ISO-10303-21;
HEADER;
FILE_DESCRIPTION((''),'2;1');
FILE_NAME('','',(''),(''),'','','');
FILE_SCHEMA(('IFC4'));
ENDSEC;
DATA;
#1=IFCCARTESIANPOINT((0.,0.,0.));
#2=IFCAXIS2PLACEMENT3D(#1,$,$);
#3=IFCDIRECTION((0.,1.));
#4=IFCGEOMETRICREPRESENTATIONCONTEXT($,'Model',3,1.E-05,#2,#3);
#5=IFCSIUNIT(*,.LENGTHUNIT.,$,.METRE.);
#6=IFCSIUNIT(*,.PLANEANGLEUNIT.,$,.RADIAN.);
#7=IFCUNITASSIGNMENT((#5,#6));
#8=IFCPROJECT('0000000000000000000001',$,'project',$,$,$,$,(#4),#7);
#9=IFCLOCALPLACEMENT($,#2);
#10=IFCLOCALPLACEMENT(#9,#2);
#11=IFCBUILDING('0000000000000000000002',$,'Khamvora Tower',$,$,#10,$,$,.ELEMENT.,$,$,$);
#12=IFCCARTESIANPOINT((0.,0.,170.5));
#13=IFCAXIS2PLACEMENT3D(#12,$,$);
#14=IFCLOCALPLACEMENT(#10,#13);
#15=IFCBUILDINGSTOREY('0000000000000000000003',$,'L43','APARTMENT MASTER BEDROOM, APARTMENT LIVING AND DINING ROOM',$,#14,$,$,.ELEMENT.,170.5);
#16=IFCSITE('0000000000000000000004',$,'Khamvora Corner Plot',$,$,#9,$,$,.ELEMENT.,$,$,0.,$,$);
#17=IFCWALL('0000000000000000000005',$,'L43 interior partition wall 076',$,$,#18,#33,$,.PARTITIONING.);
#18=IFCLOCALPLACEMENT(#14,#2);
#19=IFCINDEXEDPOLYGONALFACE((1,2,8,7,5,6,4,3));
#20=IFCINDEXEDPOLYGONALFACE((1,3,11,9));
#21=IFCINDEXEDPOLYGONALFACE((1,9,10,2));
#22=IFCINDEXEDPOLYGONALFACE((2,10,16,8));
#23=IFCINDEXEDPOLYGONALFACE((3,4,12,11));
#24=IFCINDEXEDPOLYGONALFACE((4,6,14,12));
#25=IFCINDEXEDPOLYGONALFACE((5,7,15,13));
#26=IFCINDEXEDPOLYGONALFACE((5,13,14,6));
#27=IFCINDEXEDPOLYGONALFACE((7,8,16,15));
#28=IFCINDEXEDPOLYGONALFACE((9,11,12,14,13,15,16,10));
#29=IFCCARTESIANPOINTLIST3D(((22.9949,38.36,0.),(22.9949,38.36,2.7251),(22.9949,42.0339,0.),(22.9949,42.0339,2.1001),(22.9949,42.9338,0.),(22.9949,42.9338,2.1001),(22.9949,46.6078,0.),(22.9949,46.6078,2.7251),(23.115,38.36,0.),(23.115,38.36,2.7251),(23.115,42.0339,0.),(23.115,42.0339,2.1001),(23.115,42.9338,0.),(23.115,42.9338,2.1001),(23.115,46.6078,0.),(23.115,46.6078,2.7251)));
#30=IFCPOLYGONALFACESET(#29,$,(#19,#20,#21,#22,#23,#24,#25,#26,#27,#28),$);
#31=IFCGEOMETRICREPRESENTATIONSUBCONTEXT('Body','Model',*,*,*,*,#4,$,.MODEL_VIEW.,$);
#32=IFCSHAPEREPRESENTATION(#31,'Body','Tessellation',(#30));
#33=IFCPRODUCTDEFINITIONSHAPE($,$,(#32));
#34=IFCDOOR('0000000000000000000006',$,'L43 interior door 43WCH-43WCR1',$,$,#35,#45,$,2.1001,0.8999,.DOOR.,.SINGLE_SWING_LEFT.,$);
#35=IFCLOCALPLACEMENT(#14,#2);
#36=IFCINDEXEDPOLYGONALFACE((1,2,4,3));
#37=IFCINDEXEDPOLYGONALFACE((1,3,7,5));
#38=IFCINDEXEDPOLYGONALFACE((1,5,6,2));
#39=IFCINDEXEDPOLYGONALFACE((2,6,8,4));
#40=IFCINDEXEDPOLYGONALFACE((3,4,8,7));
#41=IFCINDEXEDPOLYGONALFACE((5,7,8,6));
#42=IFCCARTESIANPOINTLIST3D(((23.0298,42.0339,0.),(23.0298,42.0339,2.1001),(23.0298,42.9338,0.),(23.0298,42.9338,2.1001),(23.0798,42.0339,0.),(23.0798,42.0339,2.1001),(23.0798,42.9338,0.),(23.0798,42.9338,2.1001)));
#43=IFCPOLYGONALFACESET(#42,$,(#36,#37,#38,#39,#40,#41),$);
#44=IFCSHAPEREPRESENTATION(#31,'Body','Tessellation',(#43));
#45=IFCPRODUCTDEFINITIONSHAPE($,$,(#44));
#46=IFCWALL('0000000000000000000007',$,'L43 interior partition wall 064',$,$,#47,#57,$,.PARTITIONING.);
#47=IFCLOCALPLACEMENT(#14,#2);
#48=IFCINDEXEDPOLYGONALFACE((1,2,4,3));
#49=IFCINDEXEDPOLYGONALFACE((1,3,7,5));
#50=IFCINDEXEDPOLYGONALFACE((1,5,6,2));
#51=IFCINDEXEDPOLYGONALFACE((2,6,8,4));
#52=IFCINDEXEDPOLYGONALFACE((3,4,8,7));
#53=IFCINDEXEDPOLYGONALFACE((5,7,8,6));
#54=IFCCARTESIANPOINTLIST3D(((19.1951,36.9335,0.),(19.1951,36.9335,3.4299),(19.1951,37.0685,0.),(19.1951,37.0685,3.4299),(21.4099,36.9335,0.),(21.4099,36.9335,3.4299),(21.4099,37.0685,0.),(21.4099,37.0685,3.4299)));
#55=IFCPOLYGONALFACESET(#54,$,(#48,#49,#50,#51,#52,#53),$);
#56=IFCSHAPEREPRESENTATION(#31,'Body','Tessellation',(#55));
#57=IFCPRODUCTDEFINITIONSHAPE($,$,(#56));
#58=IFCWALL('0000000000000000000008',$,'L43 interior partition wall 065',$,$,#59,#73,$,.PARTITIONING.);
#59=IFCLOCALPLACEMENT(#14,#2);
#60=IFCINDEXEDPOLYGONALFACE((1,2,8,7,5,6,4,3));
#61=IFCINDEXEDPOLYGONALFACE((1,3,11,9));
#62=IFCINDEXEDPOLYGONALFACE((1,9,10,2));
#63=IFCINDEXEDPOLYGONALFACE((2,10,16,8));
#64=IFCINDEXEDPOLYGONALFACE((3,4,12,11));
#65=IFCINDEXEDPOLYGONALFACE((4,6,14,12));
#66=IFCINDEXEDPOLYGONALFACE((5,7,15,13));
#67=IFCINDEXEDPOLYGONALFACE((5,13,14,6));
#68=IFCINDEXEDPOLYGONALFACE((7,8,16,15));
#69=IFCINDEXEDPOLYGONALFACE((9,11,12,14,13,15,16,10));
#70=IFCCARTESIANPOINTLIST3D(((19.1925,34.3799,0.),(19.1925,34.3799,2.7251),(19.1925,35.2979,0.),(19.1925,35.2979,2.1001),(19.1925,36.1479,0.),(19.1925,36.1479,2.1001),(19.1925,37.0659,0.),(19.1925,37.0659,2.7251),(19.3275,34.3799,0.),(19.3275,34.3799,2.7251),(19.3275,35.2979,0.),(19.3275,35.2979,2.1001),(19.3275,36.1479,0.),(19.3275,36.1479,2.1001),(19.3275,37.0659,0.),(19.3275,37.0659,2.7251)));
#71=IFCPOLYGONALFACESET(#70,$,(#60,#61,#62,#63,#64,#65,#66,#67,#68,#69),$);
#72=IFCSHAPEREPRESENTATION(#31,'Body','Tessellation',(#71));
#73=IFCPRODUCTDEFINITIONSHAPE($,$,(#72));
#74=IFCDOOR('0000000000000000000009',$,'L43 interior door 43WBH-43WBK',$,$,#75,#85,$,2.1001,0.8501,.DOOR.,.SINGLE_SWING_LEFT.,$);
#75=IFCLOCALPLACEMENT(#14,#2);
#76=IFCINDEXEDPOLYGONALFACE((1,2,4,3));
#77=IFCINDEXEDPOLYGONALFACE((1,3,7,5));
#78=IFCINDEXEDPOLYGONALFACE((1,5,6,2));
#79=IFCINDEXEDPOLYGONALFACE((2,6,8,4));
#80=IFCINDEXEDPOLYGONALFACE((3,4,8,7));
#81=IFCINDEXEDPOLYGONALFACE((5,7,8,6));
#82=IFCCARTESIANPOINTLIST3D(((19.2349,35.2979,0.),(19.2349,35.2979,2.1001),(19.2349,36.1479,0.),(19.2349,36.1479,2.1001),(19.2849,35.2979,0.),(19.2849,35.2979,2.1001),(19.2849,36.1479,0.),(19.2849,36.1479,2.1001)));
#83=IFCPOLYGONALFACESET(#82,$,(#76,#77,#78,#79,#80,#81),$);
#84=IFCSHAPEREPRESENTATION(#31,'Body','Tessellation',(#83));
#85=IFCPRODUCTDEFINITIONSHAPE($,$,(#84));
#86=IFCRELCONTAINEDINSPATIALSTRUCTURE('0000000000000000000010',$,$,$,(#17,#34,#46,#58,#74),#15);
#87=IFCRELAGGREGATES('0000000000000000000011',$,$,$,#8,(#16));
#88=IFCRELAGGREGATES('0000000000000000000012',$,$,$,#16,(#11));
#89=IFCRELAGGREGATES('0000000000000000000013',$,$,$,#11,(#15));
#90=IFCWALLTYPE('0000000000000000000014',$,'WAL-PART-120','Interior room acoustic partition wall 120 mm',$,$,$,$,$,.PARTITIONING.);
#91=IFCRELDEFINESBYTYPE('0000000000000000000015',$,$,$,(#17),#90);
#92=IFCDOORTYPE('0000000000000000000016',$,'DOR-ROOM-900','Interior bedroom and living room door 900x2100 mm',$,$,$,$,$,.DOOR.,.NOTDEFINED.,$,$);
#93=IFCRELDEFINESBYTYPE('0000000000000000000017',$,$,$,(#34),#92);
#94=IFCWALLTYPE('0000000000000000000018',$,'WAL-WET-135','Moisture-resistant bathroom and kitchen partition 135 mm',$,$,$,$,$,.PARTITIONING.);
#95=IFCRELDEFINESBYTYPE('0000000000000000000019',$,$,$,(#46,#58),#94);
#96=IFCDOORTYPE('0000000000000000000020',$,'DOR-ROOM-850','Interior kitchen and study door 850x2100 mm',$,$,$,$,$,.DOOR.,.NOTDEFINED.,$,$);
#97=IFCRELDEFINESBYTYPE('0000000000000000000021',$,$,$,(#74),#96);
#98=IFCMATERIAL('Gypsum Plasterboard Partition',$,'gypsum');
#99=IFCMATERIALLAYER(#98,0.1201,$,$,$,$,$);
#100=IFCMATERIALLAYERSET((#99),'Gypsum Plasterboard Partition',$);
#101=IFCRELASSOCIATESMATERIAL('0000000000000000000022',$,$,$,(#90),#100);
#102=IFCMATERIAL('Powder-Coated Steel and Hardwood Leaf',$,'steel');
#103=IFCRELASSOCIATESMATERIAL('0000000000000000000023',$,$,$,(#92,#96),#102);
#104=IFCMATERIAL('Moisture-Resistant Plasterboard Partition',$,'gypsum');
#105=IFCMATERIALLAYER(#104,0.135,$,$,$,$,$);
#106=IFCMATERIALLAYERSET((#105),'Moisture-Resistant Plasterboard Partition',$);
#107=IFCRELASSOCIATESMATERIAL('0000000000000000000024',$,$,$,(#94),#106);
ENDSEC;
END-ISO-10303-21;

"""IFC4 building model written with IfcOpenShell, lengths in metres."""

from ifc_helpers import new_model, si_unit, direction, frame, frame_2d, origin, place, context, subcontext, project, spatial, rectangle, extrude, material, layer, layer_set, type_object, element, fill, save


model = new_model("IFC4")

# Units and contexts
model_context = context("Model", 3, precision=1e-05, world=origin(), true_north=direction((0.0, 1.0)))
body_context = subcontext(model_context, "Body", "Model", "MODEL_VIEW")
ifc_project = project(units=[si_unit("LENGTHUNIT", "METRE"), si_unit("PLANEANGLEUNIT", "RADIAN")], contexts=[model_context])

# Site, building, storey
site_placement = place(None, origin())
site = spatial("IfcSite", under=ifc_project, at=site_placement, Name="Khamvora Corner Plot", CompositionType="ELEMENT", RefElevation=0.0)
building_placement = place(site_placement, origin())
building = spatial("IfcBuilding", under=site, at=building_placement, Name="Khamvora Tower", CompositionType="ELEMENT")
storey_placement = place(building_placement, frame((0.0, 0.0, 170.5)))
storey = spatial("IfcBuildingStorey", under=building, at=storey_placement, Name="L43", Description="APARTMENT MASTER BEDROOM, APARTMENT LIVING AND DINING ROOM", CompositionType="ELEMENT", Elevation=170.5)

# Shared definitions
ifc_material_1 = material(Name="Gypsum Plasterboard Partition", Category="gypsum")
ifc_layer_1 = layer(ifc_material_1, 0.1201)
ifc_layer_set_1 = layer_set([ifc_layer_1], Name="Gypsum Plasterboard Partition")
wall_type_1 = type_object("IfcWallType", Name="WAL-PART-120", Description="Interior room acoustic partition wall 120 mm", PredefinedType="PARTITIONING", material=ifc_layer_set_1)

# Wall, opening, door
ifc_material_2 = material(Name="Powder-Coated Steel and Hardwood Leaf", Category="steel")
door_type_1 = type_object("IfcDoorType", Name="DOR-ROOM-900", Description="Interior bedroom and living room door 900x2100 mm", OperationType="NOTDEFINED", PredefinedType="DOOR", material=ifc_material_2)
wall_1_placement = place(storey_placement, frame((23.0549, 46.6079, 0.0), z_axis=(0.0, 0.0, 1.0), x_axis=(0.0, -1.0, 0.0)))
wall_1 = element("IfcWall", 1, at=wall_1_placement, inside=storey, type_object=wall_type_1, Name="L43 interior partition wall 076", PredefinedType="PARTITIONING", context=body_context, shape_type="SweptSolid", body=[
    extrude(rectangle(XDim=8.2478, YDim=0.1201, at=frame_2d((4.124, 0.0))), origin(), (0.0, 0.0, 1.0), 2.7251),
])
opening_1_placement = place(wall_1_placement, frame((3.6741, 0.0, 0.0)))
opening_1 = element("IfcOpeningElement", 2, at=opening_1_placement, cuts=wall_1, PredefinedType="OPENING", context=body_context, shape_type="SweptSolid", body=[
    extrude(rectangle(XDim=0.8999, YDim=2.1001, at=frame_2d((0.45, 1.05))), frame((0.0, 0.0701, 0.0), z_axis=(0.0, -1.0, 0.0), x_axis=(1.0, 0.0, 0.0)), (0.0, 0.0, 1.0), 0.1401),
])
door_1_placement = place(opening_1_placement, origin())
door_1 = element("IfcDoor", 3, at=door_1_placement, inside=storey, type_object=door_type_1, Name="L43 interior door 43WCH-43WCR1", OperationType="SINGLE_SWING_LEFT", OverallHeight=2.1001, OverallWidth=0.8999, PredefinedType="DOOR", context=body_context, shape_type="SweptSolid", body=[
    extrude(rectangle(XDim=0.8999, YDim=2.1001, at=frame_2d((0.45, 1.05))), frame((0.0, 0.0249, 0.0), z_axis=(0.0, -1.0, 0.0), x_axis=(1.0, 0.0, 0.0)), (0.0, 0.0, 1.0), 0.05),
])
fill(opening_1, door_1)

# Wall
ifc_material_3 = material(Name="Moisture-Resistant Plasterboard Partition", Category="gypsum")
ifc_layer_2 = layer(ifc_material_3, 0.135)
ifc_layer_set_2 = layer_set([ifc_layer_2], Name="Moisture-Resistant Plasterboard Partition")
wall_type_2 = type_object("IfcWallType", Name="WAL-WET-135", Description="Moisture-resistant bathroom and kitchen partition 135 mm", PredefinedType="PARTITIONING", material=ifc_layer_set_2)
wall_2_placement = place(storey_placement, frame((21.4099, 37.001, 0.0), z_axis=(0.0, 0.0, 1.0), x_axis=(-1.0, 0.0, 0.0)))
element("IfcWall", 4, at=wall_2_placement, inside=storey, type_object=wall_type_2, Name="L43 interior partition wall 064", PredefinedType="PARTITIONING", context=body_context, shape_type="SweptSolid", body=[
    extrude(rectangle(XDim=2.2148, YDim=0.135, at=frame_2d((1.1074, 0.0))), origin(), (0.0, 0.0, 1.0), 3.4299),
])

# Wall, opening, door
wall_3_placement = place(storey_placement, frame((19.26, 37.0659, 0.0), z_axis=(0.0, 0.0, 1.0), x_axis=(0.0, -1.0, 0.0)))
wall_3 = element("IfcWall", 5, at=wall_3_placement, inside=storey, type_object=wall_type_2, Name="L43 interior partition wall 065", PredefinedType="PARTITIONING", context=body_context, shape_type="SweptSolid", body=[
    extrude(rectangle(XDim=2.686, YDim=0.135, at=frame_2d((1.343, 0.0))), origin(), (0.0, 0.0, 1.0), 2.7251),
])
opening_2_placement = place(wall_3_placement, frame((0.918, 0.0, 0.0)))
opening_2 = element("IfcOpeningElement", 6, at=opening_2_placement, cuts=wall_3, PredefinedType="OPENING", context=body_context, shape_type="SweptSolid", body=[
    extrude(rectangle(XDim=0.8501, YDim=2.1001, at=frame_2d((0.425, 1.05))), frame((0.0, 0.0774, 0.0), z_axis=(0.0, -1.0, 0.0), x_axis=(1.0, 0.0, 0.0)), (0.0, 0.0, 1.0), 0.155),
])
door_type_2 = type_object("IfcDoorType", Name="DOR-ROOM-850", Description="Interior kitchen and study door 850x2100 mm", OperationType="NOTDEFINED", PredefinedType="DOOR", material=ifc_material_2)
door_2_placement = place(opening_2_placement, origin())
door_2 = element("IfcDoor", 7, at=door_2_placement, inside=storey, type_object=door_type_2, Name="L43 interior door 43WBH-43WBK", OperationType="SINGLE_SWING_LEFT", OverallHeight=2.1001, OverallWidth=0.8501, PredefinedType="DOOR", context=body_context, shape_type="SweptSolid", body=[
    extrude(rectangle(XDim=0.8501, YDim=2.1001, at=frame_2d((0.425, 1.05))), frame((0.0, 0.0249, 0.0), z_axis=(0.0, -1.0, 0.0), x_axis=(1.0, 0.0, 0.0)), (0.0, 0.0, 1.0), 0.05),
])
fill(opening_2, door_2)

save(model, "model.ifc")
